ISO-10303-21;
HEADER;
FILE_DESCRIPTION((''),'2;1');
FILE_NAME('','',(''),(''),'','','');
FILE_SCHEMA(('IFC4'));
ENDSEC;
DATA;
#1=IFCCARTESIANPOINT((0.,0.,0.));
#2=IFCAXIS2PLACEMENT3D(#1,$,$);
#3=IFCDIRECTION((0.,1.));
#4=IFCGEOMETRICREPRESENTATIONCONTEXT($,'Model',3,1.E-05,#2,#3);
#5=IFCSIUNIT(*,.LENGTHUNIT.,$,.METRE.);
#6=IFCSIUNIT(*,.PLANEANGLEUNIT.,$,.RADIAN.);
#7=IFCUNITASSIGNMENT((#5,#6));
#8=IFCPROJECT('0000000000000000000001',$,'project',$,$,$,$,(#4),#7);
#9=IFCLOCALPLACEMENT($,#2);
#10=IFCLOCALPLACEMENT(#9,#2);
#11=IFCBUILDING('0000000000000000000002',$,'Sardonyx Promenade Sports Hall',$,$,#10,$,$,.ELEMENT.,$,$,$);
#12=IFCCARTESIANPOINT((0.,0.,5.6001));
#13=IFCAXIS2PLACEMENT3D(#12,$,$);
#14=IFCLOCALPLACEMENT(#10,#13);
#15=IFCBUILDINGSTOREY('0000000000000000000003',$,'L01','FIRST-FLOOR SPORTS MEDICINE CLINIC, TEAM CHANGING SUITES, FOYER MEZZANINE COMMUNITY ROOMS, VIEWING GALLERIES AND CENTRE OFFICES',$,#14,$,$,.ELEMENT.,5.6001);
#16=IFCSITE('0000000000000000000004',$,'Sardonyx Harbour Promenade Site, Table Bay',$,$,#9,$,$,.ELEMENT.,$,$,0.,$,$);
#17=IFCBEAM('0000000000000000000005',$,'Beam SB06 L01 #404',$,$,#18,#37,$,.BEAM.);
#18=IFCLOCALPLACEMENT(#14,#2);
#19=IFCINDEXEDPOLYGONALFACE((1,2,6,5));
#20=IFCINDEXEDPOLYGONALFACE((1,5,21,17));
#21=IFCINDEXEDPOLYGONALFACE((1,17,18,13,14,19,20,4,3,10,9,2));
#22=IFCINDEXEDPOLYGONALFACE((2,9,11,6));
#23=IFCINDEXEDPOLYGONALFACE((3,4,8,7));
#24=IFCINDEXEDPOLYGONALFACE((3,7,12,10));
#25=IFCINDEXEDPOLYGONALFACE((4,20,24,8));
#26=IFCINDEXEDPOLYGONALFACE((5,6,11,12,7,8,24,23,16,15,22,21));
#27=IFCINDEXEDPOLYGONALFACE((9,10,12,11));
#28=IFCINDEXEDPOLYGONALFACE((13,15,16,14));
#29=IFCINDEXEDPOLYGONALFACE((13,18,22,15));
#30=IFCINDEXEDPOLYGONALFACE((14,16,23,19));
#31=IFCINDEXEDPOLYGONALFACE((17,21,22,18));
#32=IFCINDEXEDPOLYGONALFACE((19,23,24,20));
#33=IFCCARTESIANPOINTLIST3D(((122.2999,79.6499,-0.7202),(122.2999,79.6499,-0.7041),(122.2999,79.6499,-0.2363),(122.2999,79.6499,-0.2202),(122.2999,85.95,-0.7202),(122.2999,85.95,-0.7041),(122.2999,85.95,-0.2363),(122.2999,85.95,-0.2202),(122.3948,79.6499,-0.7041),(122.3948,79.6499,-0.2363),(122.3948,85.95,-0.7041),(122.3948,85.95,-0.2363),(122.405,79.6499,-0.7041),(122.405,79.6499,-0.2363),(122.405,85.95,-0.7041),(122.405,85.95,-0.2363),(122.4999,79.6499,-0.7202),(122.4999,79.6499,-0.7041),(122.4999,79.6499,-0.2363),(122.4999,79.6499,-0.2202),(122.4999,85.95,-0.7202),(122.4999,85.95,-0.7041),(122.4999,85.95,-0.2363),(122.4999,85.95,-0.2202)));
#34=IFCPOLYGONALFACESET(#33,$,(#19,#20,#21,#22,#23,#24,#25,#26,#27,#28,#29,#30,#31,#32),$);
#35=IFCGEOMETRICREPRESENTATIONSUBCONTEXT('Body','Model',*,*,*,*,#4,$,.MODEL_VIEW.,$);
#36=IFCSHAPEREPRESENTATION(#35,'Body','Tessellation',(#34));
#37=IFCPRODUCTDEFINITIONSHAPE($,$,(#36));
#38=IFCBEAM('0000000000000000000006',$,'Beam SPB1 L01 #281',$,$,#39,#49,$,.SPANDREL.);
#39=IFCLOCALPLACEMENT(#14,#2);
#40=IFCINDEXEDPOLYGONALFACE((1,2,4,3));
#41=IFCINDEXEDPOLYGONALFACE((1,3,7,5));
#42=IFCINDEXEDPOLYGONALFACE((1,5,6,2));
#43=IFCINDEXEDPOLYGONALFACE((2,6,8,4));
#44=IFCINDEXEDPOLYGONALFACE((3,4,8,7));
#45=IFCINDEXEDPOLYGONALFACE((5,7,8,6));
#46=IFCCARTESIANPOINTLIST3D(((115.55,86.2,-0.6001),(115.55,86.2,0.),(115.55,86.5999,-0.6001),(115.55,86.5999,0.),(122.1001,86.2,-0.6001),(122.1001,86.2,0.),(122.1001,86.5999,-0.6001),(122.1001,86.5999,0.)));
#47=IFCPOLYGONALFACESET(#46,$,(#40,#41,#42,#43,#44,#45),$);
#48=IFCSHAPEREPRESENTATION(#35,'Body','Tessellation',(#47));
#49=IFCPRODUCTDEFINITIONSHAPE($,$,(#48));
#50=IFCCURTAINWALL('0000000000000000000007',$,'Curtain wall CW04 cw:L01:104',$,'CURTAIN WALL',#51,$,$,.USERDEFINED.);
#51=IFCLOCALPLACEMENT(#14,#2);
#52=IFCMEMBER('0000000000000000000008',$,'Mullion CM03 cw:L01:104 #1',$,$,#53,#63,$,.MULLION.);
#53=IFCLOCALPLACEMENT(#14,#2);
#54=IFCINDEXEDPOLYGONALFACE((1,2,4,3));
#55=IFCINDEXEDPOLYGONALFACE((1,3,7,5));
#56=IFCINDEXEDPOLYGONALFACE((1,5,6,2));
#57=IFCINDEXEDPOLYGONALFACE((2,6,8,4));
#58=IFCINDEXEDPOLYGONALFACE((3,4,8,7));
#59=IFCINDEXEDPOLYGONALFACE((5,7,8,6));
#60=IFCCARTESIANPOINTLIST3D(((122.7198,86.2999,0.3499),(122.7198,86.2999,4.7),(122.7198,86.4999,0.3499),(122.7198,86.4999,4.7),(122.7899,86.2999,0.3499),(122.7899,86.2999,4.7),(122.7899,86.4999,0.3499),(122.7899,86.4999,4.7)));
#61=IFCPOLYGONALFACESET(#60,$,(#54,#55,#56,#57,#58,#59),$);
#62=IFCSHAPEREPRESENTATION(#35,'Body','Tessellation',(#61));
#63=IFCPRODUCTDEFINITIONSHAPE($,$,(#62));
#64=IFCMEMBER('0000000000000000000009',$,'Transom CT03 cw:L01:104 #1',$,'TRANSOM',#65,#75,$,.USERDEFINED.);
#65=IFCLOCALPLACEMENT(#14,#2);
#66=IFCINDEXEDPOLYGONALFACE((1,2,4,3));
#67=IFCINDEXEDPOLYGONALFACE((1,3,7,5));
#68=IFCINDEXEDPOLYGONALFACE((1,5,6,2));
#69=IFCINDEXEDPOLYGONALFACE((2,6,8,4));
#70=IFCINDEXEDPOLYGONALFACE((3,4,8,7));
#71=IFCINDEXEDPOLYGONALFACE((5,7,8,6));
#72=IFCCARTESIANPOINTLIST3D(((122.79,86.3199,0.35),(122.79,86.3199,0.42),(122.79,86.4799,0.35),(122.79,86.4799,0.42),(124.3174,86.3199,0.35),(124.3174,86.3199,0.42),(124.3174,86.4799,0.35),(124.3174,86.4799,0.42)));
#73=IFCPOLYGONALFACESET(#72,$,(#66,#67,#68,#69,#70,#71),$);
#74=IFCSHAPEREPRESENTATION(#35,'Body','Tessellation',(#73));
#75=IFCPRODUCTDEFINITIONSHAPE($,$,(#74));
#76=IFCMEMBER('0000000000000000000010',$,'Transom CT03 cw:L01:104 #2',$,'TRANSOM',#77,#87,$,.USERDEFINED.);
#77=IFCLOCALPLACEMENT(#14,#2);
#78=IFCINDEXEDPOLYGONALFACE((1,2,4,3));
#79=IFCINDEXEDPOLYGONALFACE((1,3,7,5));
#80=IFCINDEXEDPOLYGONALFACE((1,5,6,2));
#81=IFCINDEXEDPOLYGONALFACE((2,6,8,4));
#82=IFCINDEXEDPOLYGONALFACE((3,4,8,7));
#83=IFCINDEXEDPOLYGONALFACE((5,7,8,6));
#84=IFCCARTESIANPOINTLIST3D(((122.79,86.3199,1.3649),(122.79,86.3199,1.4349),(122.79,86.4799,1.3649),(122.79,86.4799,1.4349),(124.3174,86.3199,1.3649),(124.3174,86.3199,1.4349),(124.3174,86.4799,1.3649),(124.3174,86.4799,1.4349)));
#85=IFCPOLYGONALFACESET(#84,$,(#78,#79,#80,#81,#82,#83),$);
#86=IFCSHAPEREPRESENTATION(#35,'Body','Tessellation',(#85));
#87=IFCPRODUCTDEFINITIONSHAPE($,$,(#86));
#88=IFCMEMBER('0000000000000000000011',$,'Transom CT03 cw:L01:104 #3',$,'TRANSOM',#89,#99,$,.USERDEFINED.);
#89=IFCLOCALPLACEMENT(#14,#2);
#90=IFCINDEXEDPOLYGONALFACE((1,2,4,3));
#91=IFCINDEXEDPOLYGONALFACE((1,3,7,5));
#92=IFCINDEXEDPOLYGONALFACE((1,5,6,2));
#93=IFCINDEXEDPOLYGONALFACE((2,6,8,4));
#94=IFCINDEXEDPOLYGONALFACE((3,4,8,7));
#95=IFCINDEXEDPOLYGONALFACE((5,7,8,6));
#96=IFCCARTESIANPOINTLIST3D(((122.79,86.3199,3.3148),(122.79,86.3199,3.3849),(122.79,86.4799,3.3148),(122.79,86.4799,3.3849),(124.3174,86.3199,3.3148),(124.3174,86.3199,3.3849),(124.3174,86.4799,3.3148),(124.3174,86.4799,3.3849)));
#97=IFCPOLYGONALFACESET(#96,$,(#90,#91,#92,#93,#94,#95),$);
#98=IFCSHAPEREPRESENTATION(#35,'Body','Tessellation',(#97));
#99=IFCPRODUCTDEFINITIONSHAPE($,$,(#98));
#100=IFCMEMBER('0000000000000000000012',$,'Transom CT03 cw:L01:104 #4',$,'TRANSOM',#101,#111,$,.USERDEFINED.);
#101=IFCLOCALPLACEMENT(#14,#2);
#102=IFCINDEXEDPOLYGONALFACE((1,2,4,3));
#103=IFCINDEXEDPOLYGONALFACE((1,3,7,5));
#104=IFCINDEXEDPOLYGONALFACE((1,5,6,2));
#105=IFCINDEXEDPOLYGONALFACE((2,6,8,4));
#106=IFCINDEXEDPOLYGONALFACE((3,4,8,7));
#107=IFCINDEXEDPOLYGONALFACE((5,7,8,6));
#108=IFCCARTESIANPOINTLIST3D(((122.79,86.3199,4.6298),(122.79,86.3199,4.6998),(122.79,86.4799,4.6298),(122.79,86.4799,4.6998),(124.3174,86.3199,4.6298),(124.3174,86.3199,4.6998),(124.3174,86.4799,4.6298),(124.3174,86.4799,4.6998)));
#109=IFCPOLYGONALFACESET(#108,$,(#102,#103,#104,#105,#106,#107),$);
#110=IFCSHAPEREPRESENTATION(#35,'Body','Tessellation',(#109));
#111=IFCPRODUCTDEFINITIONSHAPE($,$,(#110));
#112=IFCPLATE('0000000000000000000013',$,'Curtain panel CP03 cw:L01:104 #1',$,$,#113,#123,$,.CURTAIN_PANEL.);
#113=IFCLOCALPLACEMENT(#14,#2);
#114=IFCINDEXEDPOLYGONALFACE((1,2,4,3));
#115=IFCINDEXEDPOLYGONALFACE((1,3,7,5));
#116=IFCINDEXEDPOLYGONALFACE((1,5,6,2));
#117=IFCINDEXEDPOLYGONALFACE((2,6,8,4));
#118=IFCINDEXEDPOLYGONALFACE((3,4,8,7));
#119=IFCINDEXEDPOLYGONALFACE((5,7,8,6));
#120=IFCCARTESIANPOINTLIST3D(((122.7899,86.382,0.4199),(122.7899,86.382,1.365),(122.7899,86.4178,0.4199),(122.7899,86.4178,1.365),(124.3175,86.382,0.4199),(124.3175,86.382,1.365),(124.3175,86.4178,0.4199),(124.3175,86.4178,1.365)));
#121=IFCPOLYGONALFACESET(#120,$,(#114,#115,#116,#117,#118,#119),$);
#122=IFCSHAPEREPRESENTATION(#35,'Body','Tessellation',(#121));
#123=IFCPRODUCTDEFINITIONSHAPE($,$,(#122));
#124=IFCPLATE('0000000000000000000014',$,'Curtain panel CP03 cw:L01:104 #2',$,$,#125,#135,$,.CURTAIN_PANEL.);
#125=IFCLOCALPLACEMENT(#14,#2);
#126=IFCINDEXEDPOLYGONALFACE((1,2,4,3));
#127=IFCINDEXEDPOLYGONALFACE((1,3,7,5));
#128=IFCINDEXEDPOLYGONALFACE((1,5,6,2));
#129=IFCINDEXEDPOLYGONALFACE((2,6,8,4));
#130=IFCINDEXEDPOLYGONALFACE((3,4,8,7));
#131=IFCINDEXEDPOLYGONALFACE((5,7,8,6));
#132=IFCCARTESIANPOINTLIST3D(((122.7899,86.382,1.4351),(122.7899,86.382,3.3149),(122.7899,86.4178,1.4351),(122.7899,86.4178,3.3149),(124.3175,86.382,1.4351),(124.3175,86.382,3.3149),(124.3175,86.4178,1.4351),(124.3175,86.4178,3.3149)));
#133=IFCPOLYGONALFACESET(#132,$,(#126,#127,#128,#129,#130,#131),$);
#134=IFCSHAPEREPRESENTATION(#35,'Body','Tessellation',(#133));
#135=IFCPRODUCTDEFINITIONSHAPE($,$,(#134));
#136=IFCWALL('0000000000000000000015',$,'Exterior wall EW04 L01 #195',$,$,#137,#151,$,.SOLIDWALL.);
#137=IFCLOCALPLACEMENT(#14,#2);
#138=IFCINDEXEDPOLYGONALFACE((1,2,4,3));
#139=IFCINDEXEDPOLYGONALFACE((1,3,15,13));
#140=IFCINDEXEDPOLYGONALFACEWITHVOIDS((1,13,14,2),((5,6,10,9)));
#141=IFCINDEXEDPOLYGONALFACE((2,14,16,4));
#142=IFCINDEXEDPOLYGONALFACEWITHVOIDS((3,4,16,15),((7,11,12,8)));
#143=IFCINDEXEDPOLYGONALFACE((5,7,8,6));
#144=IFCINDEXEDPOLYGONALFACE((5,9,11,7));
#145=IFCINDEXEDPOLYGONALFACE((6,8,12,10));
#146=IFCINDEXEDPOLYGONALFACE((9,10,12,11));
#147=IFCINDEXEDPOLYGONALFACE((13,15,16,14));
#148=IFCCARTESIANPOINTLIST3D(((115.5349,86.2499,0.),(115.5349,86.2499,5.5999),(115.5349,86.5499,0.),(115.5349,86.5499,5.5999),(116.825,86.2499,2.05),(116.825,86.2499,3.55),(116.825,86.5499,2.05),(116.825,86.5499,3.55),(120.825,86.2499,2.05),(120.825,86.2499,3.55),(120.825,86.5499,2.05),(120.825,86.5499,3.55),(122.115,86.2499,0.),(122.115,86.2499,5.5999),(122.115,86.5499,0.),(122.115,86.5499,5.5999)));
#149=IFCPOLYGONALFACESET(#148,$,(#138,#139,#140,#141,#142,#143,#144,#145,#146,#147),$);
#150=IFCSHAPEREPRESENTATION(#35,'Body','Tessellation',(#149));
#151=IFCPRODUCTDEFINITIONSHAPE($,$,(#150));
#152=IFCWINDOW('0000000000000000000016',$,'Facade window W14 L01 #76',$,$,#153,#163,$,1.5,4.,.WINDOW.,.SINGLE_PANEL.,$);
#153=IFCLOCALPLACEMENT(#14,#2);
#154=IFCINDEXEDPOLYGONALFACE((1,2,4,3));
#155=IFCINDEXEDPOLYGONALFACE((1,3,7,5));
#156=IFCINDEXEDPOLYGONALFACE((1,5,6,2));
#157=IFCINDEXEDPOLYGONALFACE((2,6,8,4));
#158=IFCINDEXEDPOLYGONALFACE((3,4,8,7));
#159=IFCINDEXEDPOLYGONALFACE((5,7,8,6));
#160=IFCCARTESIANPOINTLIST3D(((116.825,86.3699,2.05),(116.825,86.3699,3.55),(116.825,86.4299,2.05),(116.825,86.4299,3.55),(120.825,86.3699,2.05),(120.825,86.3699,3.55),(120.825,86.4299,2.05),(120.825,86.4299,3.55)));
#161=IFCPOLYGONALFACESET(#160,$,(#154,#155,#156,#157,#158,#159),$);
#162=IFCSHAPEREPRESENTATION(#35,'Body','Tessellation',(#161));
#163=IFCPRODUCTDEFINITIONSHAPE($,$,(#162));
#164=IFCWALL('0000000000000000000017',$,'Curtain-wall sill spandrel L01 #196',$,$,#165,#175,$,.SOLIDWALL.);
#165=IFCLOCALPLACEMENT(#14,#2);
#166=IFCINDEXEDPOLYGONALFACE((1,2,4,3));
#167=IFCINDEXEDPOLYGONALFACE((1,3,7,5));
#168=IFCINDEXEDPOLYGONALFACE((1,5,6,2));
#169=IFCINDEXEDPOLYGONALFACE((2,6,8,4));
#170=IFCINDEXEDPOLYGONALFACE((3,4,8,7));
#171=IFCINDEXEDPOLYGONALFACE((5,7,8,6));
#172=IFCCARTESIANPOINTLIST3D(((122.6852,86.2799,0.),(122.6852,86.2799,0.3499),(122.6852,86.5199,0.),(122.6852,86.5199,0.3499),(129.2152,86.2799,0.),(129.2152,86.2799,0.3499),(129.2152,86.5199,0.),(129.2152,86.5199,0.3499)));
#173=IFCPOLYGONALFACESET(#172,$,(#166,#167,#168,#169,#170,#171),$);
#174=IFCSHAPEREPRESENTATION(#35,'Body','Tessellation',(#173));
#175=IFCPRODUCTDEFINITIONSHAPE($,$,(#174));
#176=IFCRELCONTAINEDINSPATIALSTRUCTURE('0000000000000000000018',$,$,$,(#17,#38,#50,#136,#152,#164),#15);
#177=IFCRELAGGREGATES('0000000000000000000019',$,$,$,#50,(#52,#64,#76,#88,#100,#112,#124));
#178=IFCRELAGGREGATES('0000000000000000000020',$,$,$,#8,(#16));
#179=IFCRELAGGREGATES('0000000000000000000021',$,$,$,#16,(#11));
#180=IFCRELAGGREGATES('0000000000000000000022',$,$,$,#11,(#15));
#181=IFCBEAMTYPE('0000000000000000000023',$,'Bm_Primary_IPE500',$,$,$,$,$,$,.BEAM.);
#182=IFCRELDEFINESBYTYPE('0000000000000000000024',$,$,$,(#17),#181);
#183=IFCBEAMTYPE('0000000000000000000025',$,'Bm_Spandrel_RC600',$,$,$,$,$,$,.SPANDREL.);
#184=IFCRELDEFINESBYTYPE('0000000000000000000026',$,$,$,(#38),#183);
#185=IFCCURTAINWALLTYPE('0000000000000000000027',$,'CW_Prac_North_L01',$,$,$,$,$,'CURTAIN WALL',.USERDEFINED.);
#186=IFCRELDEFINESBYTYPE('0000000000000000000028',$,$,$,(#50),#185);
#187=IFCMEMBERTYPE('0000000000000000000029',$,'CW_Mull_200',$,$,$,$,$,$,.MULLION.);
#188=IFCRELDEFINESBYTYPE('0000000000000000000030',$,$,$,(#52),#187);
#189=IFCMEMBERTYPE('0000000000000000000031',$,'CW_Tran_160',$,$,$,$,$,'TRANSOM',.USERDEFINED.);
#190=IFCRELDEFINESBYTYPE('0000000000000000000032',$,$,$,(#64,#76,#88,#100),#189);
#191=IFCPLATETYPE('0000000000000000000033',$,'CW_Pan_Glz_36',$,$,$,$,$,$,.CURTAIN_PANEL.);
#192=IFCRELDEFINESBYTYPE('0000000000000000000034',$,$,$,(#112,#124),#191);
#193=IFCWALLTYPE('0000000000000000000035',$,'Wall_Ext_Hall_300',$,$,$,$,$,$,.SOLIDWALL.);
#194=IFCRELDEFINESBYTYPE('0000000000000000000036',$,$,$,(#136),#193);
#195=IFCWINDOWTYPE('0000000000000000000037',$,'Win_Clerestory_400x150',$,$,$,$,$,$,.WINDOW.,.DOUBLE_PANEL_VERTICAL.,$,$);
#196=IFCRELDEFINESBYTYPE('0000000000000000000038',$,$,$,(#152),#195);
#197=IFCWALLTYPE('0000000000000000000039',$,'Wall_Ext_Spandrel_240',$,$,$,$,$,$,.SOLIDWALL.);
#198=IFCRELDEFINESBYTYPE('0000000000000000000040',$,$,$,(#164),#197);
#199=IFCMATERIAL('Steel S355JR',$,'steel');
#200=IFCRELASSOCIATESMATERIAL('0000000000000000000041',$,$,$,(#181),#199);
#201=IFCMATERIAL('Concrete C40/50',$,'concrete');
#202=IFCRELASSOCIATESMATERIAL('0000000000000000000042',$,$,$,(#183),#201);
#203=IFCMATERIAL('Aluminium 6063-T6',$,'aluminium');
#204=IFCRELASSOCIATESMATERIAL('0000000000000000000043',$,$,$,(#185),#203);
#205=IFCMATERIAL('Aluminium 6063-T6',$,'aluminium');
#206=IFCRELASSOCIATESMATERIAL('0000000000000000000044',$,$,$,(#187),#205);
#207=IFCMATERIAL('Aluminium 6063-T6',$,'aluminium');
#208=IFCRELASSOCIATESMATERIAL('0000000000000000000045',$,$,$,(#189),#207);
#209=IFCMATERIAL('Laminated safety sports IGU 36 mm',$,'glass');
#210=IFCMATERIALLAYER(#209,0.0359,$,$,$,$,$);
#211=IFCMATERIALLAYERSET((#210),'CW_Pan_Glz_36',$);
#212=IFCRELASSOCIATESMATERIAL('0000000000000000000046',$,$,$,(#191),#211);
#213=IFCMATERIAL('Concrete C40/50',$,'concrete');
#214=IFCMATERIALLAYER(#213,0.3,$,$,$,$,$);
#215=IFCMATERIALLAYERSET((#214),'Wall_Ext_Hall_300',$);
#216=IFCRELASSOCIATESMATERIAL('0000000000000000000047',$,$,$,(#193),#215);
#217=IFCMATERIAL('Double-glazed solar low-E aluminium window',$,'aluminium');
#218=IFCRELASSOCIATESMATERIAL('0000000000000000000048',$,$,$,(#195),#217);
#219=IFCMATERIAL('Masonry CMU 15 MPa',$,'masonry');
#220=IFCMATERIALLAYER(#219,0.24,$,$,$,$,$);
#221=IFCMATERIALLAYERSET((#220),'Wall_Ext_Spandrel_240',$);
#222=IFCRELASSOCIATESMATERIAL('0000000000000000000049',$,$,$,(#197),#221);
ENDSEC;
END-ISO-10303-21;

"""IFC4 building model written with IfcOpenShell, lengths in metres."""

from ifc_helpers import new_model, si_unit, direction, frame, frame_2d, origin, origin_2d, place, context, subcontext, project, spatial, rectangle, i_section, extrude, material, layer, layer_set, material_profile, profile_set, type_object, element, fill, aggregate, save


model = new_model("IFC4")

# Units and contexts
model_context = context("Model", 3, precision=1e-05, world=origin(), true_north=direction((0.0, 1.0)))
body_context = subcontext(model_context, "Body", "Model", "MODEL_VIEW")
ifc_project = project(units=[si_unit("LENGTHUNIT", "METRE"), si_unit("PLANEANGLEUNIT", "RADIAN")], contexts=[model_context])

# Site, building, storey
site_placement = place(None, origin())
site = spatial("IfcSite", under=ifc_project, at=site_placement, Name="Sardonyx Harbour Promenade Site, Table Bay", CompositionType="ELEMENT", RefElevation=0.0)
building_placement = place(site_placement, origin())
building = spatial("IfcBuilding", under=site, at=building_placement, Name="Sardonyx Promenade Sports Hall", CompositionType="ELEMENT")
storey_placement = place(building_placement, frame((0.0, 0.0, 5.6001)))
storey = spatial("IfcBuildingStorey", under=building, at=storey_placement, Name="L01", Description="FIRST-FLOOR SPORTS MEDICINE CLINIC, TEAM CHANGING SUITES, FOYER MEZZANINE COMMUNITY ROOMS, VIEWING GALLERIES AND CENTRE OFFICES", CompositionType="ELEMENT", Elevation=5.6001)

# Beams
ifc_material_1 = material(Name="Steel S355JR", Category="steel")
ifc_material_profile_1 = material_profile(ifc_material_1, i_section(OverallWidth=0.2, OverallDepth=0.5, WebThickness=0.0103, FlangeThickness=0.0161, at=origin_2d()))
ifc_profile_set_1 = profile_set([ifc_material_profile_1], Name="Steel S355JR")
beam_type_1 = type_object("IfcBeamType", Name="Bm_Primary_IPE500", PredefinedType="BEAM", material=ifc_profile_set_1)
beam_1_placement = place(storey_placement, frame((122.3999, 79.6499, -0.4702), z_axis=(0.0, 1.0, 0.0), x_axis=(-1.0, 0.0, 0.0)))
element("IfcBeam", 1, at=beam_1_placement, inside=storey, type_object=beam_type_1, Name="Beam SB06 L01 #404", PredefinedType="BEAM", context=body_context, shape_type="SweptSolid", body=[
    extrude(i_section(OverallWidth=0.2, OverallDepth=0.5, WebThickness=0.0103, FlangeThickness=0.0161, at=origin_2d()), origin(), (0.0, 0.0, 1.0), 6.3),
])
ifc_material_2 = material(Name="Concrete C40/50", Category="concrete")
ifc_material_profile_2 = material_profile(ifc_material_2, rectangle(XDim=0.3999, YDim=0.6001, at=origin_2d()))
ifc_profile_set_2 = profile_set([ifc_material_profile_2], Name="Concrete C40/50")
beam_type_2 = type_object("IfcBeamType", Name="Bm_Spandrel_RC600", PredefinedType="SPANDREL", material=ifc_profile_set_2)
beam_2_placement = place(storey_placement, frame((115.55, 86.3999, -0.3), z_axis=(1.0, 0.0, 0.0), x_axis=(0.0, 1.0, 0.0)))
element("IfcBeam", 2, at=beam_2_placement, inside=storey, type_object=beam_type_2, Name="Beam SPB1 L01 #281", PredefinedType="SPANDREL", context=body_context, shape_type="SweptSolid", body=[
    extrude(rectangle(XDim=0.3999, YDim=0.6001, at=origin_2d()), origin(), (0.0, 0.0, 1.0), 6.55),
])

# Curtain wall, members, plates
ifc_material_3 = material(Name="Aluminium 6063-T6", Category="aluminium")
curtain_wall_type = type_object("IfcCurtainWallType", Name="CW_Prac_North_L01", ElementType="CURTAIN WALL", PredefinedType="USERDEFINED", material=ifc_material_3)
curtain_wall_placement = place(storey_placement, origin())
curtain_wall = element("IfcCurtainWall", 3, at=curtain_wall_placement, inside=storey, type_object=curtain_wall_type, Name="Curtain wall CW04 cw:L01:104", ObjectType="CURTAIN WALL", PredefinedType="USERDEFINED")
ifc_material_4 = material(Name="Aluminium 6063-T6", Category="aluminium")
ifc_material_profile_3 = material_profile(ifc_material_4, rectangle(XDim=0.0701, YDim=0.2, at=origin_2d()))
ifc_profile_set_3 = profile_set([ifc_material_profile_3], Name="Aluminium 6063-T6")
member_type_1 = type_object("IfcMemberType", Name="CW_Mull_200", PredefinedType="MULLION", material=ifc_profile_set_3)
member_1_placement = place(storey_placement, frame((122.7549, 86.3999, 0.3499), z_axis=(0.0, 0.0, 1.0), x_axis=(1.0, 0.0, 0.0)))
member_1 = element("IfcMember", 4, at=member_1_placement, type_object=member_type_1, Name="Mullion CM03 cw:L01:104 #1", PredefinedType="MULLION", context=body_context, shape_type="SweptSolid", body=[
    extrude(rectangle(XDim=0.0701, YDim=0.2, at=origin_2d()), origin(), (0.0, 0.0, 1.0), 4.3501),
])
ifc_material_5 = material(Name="Aluminium 6063-T6", Category="aluminium")
ifc_material_profile_4 = material_profile(ifc_material_5, rectangle(XDim=0.0701, YDim=0.1599, at=origin_2d()))
ifc_profile_set_4 = profile_set([ifc_material_profile_4], Name="Aluminium 6063-T6")
member_type_2 = type_object("IfcMemberType", Name="CW_Tran_160", ElementType="TRANSOM", PredefinedType="USERDEFINED", material=ifc_profile_set_4)
member_2_placement = place(storey_placement, frame((122.79, 86.3999, 0.385), z_axis=(1.0, 0.0, 0.0), x_axis=(0.0, 0.0, 1.0)))
member_2 = element("IfcMember", 5, at=member_2_placement, type_object=member_type_2, Name="Transom CT03 cw:L01:104 #1", ObjectType="TRANSOM", PredefinedType="USERDEFINED", context=body_context, shape_type="SweptSolid", body=[
    extrude(rectangle(XDim=0.0701, YDim=0.1599, at=origin_2d()), origin(), (0.0, 0.0, 1.0), 1.5273),
])
member_3_placement = place(storey_placement, frame((122.79, 86.3999, 1.3999), z_axis=(1.0, 0.0, 0.0), x_axis=(0.0, 0.0, 1.0)))
member_3 = element("IfcMember", 6, at=member_3_placement, type_object=member_type_2, Name="Transom CT03 cw:L01:104 #2", ObjectType="TRANSOM", PredefinedType="USERDEFINED", context=body_context, shape_type="SweptSolid", body=[
    extrude(rectangle(XDim=0.0701, YDim=0.1599, at=origin_2d()), origin(), (0.0, 0.0, 1.0), 1.5273),
])
member_4_placement = place(storey_placement, frame((122.79, 86.3999, 3.3499), z_axis=(1.0, 0.0, 0.0), x_axis=(0.0, 0.0, 1.0)))
member_4 = element("IfcMember", 7, at=member_4_placement, type_object=member_type_2, Name="Transom CT03 cw:L01:104 #3", ObjectType="TRANSOM", PredefinedType="USERDEFINED", context=body_context, shape_type="SweptSolid", body=[
    extrude(rectangle(XDim=0.0701, YDim=0.1599, at=origin_2d()), origin(), (0.0, 0.0, 1.0), 1.5273),
])
member_5_placement = place(storey_placement, frame((122.79, 86.3999, 4.6648), z_axis=(1.0, 0.0, 0.0), x_axis=(0.0, 0.0, 1.0)))
member_5 = element("IfcMember", 8, at=member_5_placement, type_object=member_type_2, Name="Transom CT03 cw:L01:104 #4", ObjectType="TRANSOM", PredefinedType="USERDEFINED", context=body_context, shape_type="SweptSolid", body=[
    extrude(rectangle(XDim=0.0701, YDim=0.1599, at=origin_2d()), origin(), (0.0, 0.0, 1.0), 1.5273),
])
ifc_material_6 = material(Name="Laminated safety sports IGU 36 mm", Category="glass")
ifc_layer_1 = layer(ifc_material_6, 0.0359)
ifc_layer_set_1 = layer_set([ifc_layer_1], Name="CW_Pan_Glz_36")
plate_type = type_object("IfcPlateType", Name="CW_Pan_Glz_36", PredefinedType="CURTAIN_PANEL", material=ifc_layer_set_1)
plate_1_placement = place(storey_placement, frame((123.5537, 86.3999, 0.4199), z_axis=(0.0, 0.0, 1.0), x_axis=(1.0, 0.0, 0.0)))
plate_1 = element("IfcPlate", 9, at=plate_1_placement, type_object=plate_type, Name="Curtain panel CP03 cw:L01:104 #1", PredefinedType="CURTAIN_PANEL", context=body_context, shape_type="SweptSolid", body=[
    extrude(rectangle(XDim=1.5276, YDim=0.0359, at=origin_2d()), origin(), (0.0, 0.0, 1.0), 0.9451),
])
plate_2_placement = place(storey_placement, frame((123.5537, 86.3999, 1.4351), z_axis=(0.0, 0.0, 1.0), x_axis=(1.0, 0.0, 0.0)))
plate_2 = element("IfcPlate", 10, at=plate_2_placement, type_object=plate_type, Name="Curtain panel CP03 cw:L01:104 #2", PredefinedType="CURTAIN_PANEL", context=body_context, shape_type="SweptSolid", body=[
    extrude(rectangle(XDim=1.5276, YDim=0.0359, at=origin_2d()), origin(), (0.0, 0.0, 1.0), 1.8799),
])
aggregate(curtain_wall, [member_1, member_2, member_3, member_4, member_5, plate_1, plate_2])

# Wall, opening, window
ifc_material_7 = material(Name="Concrete C40/50", Category="concrete")
ifc_layer_2 = layer(ifc_material_7, 0.3)
ifc_layer_set_2 = layer_set([ifc_layer_2], Name="Wall_Ext_Hall_300")
wall_type_1 = type_object("IfcWallType", Name="Wall_Ext_Hall_300", PredefinedType="SOLIDWALL", material=ifc_layer_set_2)
wall_1_placement = place(storey_placement, frame((115.5349, 86.3999, 0.0), z_axis=(0.0, 0.0, 1.0), x_axis=(1.0, 0.0, 0.0)))
wall_1 = element("IfcWall", 11, at=wall_1_placement, inside=storey, type_object=wall_type_1, Name="Exterior wall EW04 L01 #195", PredefinedType="SOLIDWALL", context=body_context, shape_type="SweptSolid", body=[
    extrude(rectangle(XDim=6.5801, YDim=0.3, at=frame_2d((3.29, 0.0))), origin(), (0.0, 0.0, 1.0), 5.5999),
])
opening_1_placement = place(wall_1_placement, frame((1.29, 0.0, 2.05)))
opening_1 = element("IfcOpeningElement", 12, at=opening_1_placement, cuts=wall_1, PredefinedType="OPENING", context=body_context, shape_type="SweptSolid", body=[
    extrude(rectangle(XDim=4.0, YDim=1.5, at=frame_2d((2.0, 0.75))), frame((0.0, 0.16, 0.0), z_axis=(0.0, -1.0, 0.0), x_axis=(1.0, 0.0, 0.0)), (0.0, 0.0, 1.0), 0.32),
])
ifc_material_8 = material(Name="Double-glazed solar low-E aluminium window", Category="aluminium")
window_type_1 = type_object("IfcWindowType", Name="Win_Clerestory_400x150", PartitioningType="DOUBLE_PANEL_VERTICAL", PredefinedType="WINDOW", material=ifc_material_8)
window_1_placement = place(opening_1_placement, origin())
window_1 = element("IfcWindow", 13, at=window_1_placement, inside=storey, type_object=window_type_1, Name="Facade window W14 L01 #76", OverallHeight=1.5, OverallWidth=4.0, PartitioningType="SINGLE_PANEL", PredefinedType="WINDOW", context=body_context, shape_type="SweptSolid", body=[
    extrude(rectangle(XDim=4.0, YDim=1.5, at=frame_2d((2.0, 0.75))), frame((0.0, 0.03, 0.0), z_axis=(0.0, -1.0, 0.0), x_axis=(1.0, 0.0, 0.0)), (0.0, 0.0, 1.0), 0.0601),
])
fill(opening_1, window_1)

# Wall
ifc_material_9 = material(Name="Masonry CMU 15 MPa", Category="masonry")
ifc_layer_3 = layer(ifc_material_9, 0.24)
ifc_layer_set_3 = layer_set([ifc_layer_3], Name="Wall_Ext_Spandrel_240")
wall_type_2 = type_object("IfcWallType", Name="Wall_Ext_Spandrel_240", PredefinedType="SOLIDWALL", material=ifc_layer_set_3)
wall_2_placement = place(storey_placement, frame((122.6851, 86.3999, 0.0), z_axis=(0.0, 0.0, 1.0), x_axis=(1.0, 0.0, 0.0)))
element("IfcWall", 14, at=wall_2_placement, inside=storey, type_object=wall_type_2, Name="Curtain-wall sill spandrel L01 #196", PredefinedType="SOLIDWALL", context=body_context, shape_type="SweptSolid", body=[
    extrude(rectangle(XDim=6.53, YDim=0.24, at=frame_2d((3.2651, 0.0))), origin(), (0.0, 0.0, 1.0), 0.3499),
])

save(model, "model.ifc")
